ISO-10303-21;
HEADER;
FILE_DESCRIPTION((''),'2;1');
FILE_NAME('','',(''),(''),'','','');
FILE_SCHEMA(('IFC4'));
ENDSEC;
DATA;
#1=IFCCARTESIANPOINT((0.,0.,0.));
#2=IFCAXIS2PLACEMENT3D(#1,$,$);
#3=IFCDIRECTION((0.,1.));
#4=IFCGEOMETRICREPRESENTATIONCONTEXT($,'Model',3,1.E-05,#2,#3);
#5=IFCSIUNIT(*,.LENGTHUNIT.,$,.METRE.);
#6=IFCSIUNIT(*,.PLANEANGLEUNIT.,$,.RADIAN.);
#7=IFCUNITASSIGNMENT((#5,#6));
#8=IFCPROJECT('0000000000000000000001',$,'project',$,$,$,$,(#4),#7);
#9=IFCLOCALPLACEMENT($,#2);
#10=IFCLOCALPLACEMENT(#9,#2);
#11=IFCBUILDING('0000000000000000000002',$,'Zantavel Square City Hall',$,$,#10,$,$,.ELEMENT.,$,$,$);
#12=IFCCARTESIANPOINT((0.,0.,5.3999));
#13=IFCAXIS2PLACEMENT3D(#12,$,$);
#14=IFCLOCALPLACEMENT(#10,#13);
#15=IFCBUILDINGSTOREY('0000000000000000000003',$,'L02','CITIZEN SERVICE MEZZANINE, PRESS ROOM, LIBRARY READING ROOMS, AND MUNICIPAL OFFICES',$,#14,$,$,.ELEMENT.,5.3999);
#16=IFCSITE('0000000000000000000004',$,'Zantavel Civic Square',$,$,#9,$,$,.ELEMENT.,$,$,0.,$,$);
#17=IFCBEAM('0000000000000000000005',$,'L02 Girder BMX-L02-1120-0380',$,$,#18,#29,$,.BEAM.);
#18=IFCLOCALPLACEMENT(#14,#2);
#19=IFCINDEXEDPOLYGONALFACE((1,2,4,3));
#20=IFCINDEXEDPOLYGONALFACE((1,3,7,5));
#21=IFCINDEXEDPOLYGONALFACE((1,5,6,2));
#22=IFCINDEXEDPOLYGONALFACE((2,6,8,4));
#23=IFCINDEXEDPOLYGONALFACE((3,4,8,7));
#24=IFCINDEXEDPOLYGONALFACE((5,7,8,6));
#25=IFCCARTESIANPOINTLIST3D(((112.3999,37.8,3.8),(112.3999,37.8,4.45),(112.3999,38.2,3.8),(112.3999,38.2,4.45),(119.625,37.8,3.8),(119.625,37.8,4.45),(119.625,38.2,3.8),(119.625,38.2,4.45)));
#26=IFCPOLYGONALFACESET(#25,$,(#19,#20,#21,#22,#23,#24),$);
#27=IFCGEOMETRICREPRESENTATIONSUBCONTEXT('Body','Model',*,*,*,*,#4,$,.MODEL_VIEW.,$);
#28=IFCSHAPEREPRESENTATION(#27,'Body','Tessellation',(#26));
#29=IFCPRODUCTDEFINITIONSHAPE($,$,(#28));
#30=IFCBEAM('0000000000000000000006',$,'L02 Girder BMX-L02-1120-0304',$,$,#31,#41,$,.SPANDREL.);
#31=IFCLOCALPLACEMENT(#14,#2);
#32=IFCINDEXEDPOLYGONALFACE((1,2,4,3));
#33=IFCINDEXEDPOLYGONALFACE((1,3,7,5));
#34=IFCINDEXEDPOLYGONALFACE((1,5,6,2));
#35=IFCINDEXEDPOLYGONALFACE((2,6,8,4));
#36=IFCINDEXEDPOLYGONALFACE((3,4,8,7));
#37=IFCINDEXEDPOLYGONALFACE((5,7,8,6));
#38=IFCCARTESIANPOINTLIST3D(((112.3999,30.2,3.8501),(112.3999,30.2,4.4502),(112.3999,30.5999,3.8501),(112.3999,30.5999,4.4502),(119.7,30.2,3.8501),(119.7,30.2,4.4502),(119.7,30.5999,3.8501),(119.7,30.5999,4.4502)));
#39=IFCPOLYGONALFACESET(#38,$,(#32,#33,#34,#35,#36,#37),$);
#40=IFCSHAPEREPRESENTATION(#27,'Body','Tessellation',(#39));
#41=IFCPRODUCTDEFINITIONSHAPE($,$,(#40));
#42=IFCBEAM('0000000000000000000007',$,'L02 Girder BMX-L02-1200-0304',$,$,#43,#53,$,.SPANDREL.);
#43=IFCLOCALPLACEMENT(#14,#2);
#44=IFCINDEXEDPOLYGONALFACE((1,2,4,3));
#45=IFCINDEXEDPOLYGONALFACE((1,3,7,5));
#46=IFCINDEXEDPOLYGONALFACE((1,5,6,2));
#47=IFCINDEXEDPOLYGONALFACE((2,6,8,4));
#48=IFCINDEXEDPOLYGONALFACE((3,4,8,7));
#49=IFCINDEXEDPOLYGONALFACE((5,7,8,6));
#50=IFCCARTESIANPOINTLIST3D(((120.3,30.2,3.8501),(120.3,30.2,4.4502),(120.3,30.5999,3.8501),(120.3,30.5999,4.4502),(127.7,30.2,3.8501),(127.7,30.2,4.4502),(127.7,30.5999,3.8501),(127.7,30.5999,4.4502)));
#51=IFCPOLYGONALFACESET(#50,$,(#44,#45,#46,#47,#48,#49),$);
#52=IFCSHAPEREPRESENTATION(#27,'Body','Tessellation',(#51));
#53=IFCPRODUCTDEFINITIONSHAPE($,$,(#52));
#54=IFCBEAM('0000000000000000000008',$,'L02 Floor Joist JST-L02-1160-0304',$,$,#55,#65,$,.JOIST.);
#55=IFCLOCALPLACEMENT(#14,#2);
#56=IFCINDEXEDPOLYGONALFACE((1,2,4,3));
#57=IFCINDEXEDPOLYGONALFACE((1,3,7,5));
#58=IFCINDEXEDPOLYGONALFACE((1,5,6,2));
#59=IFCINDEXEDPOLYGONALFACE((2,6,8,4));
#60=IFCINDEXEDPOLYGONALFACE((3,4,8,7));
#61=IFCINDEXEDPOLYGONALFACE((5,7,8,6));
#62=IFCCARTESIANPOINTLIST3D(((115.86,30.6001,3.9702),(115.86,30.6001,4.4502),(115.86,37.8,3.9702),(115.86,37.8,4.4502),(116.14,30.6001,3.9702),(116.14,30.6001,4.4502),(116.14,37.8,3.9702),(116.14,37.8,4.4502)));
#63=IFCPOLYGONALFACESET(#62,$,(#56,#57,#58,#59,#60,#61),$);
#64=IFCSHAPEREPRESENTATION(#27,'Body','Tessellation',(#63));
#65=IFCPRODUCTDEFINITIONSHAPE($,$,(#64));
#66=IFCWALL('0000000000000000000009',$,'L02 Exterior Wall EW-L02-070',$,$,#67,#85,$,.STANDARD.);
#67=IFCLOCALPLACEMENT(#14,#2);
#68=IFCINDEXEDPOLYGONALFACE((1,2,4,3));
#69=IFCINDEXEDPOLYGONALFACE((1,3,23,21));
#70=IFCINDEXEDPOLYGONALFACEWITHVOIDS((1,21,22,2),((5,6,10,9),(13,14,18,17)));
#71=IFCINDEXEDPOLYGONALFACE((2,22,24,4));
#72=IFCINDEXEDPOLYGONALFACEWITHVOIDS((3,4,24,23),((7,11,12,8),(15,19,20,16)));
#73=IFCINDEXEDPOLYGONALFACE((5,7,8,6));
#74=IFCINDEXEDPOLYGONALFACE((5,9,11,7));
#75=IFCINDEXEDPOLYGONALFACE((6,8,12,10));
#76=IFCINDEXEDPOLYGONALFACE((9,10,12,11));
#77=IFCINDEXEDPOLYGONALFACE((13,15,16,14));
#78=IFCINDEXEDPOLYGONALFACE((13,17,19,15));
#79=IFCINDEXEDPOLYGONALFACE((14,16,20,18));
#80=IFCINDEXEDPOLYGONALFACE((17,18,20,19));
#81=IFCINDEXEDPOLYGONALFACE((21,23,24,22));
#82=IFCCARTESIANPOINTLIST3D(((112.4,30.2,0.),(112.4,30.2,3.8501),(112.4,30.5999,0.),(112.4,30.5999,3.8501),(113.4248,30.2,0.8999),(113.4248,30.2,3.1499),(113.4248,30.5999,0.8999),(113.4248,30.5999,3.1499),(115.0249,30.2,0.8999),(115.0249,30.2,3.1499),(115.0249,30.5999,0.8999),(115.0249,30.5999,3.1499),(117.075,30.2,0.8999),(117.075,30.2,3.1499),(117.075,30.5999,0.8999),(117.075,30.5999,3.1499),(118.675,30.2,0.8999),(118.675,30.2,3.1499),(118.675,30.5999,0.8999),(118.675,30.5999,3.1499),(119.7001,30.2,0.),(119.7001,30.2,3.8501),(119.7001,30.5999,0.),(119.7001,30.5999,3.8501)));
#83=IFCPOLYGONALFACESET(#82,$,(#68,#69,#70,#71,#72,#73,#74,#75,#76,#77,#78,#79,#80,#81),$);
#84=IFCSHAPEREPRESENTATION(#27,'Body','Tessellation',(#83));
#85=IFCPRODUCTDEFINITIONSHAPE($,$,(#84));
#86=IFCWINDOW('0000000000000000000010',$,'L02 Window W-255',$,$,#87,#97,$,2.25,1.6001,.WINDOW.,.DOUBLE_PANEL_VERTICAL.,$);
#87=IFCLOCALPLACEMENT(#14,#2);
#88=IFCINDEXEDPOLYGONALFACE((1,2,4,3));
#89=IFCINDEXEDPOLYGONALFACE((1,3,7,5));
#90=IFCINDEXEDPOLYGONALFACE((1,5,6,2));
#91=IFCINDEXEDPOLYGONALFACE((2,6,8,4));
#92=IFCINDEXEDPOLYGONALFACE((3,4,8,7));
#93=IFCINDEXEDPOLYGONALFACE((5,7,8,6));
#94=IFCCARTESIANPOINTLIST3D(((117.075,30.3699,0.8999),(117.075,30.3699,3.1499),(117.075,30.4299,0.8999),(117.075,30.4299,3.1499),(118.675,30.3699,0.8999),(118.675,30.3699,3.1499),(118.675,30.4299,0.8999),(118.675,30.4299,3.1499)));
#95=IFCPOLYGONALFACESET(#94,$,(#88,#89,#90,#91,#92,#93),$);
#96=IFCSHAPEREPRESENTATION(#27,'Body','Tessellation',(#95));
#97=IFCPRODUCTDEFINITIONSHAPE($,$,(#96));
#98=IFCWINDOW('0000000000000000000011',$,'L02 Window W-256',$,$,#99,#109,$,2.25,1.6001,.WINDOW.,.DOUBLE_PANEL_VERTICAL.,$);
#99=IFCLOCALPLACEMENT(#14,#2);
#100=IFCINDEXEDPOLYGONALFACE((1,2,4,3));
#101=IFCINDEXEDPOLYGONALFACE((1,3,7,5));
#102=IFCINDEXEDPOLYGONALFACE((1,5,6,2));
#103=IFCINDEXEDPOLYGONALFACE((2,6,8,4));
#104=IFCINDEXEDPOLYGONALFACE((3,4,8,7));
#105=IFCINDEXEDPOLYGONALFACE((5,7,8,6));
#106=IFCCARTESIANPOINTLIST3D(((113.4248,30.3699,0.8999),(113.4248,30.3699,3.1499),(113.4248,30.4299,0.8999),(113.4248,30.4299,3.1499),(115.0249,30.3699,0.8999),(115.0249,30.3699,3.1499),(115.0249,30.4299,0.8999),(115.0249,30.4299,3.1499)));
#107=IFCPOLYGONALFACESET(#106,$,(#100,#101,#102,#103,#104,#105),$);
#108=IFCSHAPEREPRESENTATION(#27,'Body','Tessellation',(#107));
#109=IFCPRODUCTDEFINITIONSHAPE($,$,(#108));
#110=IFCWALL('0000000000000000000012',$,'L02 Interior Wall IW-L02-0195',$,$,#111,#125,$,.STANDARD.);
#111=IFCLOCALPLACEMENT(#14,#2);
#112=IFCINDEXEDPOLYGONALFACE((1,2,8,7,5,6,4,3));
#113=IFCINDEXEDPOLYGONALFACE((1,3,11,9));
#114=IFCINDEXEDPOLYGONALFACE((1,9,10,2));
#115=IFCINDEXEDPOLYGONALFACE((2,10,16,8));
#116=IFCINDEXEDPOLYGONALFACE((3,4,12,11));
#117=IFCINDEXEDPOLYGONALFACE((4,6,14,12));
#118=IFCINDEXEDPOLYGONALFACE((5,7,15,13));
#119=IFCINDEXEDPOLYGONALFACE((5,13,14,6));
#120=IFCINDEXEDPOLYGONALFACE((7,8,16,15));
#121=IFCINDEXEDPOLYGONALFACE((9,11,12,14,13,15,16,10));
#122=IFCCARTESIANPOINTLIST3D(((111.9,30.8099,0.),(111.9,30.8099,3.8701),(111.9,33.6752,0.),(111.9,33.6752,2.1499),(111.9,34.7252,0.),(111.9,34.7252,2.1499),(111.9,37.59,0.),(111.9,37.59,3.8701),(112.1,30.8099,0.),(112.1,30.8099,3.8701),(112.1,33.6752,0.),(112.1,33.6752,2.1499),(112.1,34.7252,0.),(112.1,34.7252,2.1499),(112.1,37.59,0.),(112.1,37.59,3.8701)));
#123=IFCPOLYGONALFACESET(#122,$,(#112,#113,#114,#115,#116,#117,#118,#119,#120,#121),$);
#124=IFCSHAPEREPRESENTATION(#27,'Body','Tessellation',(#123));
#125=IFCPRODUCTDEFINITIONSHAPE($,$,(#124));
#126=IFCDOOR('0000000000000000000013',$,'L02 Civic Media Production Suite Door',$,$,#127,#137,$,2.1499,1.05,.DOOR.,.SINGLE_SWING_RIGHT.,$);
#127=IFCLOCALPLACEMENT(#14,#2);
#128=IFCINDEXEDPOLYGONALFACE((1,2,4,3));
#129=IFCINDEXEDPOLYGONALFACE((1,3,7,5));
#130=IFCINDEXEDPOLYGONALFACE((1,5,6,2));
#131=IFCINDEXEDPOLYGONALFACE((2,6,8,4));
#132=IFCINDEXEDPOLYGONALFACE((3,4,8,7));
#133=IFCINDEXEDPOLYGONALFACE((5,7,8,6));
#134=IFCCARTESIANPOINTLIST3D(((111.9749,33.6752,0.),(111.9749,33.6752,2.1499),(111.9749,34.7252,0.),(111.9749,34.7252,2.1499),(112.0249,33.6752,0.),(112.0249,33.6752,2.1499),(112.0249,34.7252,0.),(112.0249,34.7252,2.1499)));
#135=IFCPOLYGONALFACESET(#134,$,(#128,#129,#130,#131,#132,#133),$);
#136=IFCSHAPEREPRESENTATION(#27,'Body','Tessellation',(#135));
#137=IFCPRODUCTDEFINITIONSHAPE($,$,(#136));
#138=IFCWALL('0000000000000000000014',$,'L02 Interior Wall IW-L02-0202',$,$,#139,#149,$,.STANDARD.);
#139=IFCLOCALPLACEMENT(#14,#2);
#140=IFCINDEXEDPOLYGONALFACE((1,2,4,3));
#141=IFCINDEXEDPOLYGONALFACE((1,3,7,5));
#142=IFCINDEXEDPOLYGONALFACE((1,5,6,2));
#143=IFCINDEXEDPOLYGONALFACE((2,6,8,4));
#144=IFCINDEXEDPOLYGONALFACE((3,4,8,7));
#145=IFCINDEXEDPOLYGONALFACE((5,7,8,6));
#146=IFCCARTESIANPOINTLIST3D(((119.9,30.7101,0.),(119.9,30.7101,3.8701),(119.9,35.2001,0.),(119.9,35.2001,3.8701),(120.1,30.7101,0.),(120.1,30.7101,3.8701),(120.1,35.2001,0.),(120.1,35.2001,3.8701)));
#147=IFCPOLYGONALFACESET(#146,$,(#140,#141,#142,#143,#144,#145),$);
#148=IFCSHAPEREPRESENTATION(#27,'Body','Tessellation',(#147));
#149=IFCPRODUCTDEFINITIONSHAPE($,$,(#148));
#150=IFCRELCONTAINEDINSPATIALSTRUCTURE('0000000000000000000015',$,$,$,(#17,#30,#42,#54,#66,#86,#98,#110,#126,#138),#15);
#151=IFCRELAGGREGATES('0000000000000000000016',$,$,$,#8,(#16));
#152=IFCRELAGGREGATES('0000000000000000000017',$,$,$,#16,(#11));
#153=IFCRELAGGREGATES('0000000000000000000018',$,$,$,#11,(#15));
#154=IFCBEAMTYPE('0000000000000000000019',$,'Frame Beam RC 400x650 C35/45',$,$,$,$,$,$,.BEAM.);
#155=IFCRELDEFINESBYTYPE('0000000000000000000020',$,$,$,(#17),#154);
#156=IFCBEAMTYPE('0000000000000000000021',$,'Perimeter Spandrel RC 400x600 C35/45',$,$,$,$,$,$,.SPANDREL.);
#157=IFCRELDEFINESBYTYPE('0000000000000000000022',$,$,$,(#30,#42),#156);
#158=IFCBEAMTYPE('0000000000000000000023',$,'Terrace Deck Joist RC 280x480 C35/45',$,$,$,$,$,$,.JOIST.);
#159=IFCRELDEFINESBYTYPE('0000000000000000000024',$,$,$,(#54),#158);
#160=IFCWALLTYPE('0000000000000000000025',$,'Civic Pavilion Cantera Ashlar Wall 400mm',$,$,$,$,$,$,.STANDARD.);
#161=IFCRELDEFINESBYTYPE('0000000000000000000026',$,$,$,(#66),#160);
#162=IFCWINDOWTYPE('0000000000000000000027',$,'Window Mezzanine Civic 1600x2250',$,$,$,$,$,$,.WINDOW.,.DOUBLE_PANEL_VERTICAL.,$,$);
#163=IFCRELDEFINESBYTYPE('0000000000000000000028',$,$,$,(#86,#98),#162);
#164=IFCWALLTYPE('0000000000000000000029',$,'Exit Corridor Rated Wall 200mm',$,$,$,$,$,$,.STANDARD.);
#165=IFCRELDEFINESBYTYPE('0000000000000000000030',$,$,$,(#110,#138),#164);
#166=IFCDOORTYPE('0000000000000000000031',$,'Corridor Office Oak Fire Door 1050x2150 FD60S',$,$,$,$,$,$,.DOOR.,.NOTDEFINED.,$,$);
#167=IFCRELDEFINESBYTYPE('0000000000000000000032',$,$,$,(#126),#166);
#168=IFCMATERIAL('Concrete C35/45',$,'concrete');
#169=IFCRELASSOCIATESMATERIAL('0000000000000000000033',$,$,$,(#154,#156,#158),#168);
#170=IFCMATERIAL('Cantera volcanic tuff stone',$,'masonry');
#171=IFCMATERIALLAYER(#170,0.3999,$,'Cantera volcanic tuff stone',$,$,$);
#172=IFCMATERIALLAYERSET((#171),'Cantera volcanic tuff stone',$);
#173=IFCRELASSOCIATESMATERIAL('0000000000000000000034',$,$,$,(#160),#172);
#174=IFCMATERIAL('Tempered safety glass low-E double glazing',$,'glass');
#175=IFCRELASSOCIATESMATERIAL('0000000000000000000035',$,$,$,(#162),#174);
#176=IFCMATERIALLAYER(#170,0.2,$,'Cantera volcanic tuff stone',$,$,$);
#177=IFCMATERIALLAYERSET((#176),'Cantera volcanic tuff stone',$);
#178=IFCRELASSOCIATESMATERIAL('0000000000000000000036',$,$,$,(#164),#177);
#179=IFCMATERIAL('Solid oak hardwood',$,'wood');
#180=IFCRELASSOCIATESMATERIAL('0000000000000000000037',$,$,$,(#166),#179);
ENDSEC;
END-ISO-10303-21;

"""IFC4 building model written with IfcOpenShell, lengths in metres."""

from ifc_helpers import new_model, si_unit, direction, frame, frame_2d, origin, origin_2d, place, context, subcontext, project, spatial, rectangle, extrude, material, layer, layer_set, material_profile, profile_set, type_object, element, fill, save


model = new_model("IFC4")

# Units and contexts
model_context = context("Model", 3, precision=1e-05, world=origin(), true_north=direction((0.0, 1.0)))
body_context = subcontext(model_context, "Body", "Model", "MODEL_VIEW")
ifc_project = project(units=[si_unit("LENGTHUNIT", "METRE"), si_unit("PLANEANGLEUNIT", "RADIAN")], contexts=[model_context])

# Site, building, storey
site_placement = place(None, origin())
site = spatial("IfcSite", under=ifc_project, at=site_placement, Name="Zantavel Civic Square", CompositionType="ELEMENT", RefElevation=0.0)
building_placement = place(site_placement, origin())
building = spatial("IfcBuilding", under=site, at=building_placement, Name="Zantavel Square City Hall", CompositionType="ELEMENT")
storey_placement = place(building_placement, frame((0.0, 0.0, 5.3999)))
storey = spatial("IfcBuildingStorey", under=building, at=storey_placement, Name="L02", Description="CITIZEN SERVICE MEZZANINE, PRESS ROOM, LIBRARY READING ROOMS, AND MUNICIPAL OFFICES", CompositionType="ELEMENT", Elevation=5.3999)

# Shared definitions
ifc_material_1 = material(Name="Concrete C35/45", Category="concrete")

# Beams
ifc_material_profile_1 = material_profile(ifc_material_1, rectangle(XDim=0.3999, YDim=0.6499, at=origin_2d()), Name="RC 400x650")
ifc_profile_set_1 = profile_set([ifc_material_profile_1], Name="Concrete C35/45")
beam_type_1 = type_object("IfcBeamType", Name="Frame Beam RC 400x650 C35/45", PredefinedType="BEAM", material=ifc_profile_set_1)
beam_1_placement = place(storey_placement, frame((112.3999, 38.0, 4.125), z_axis=(1.0, 0.0, 0.0), x_axis=(0.0, 1.0, 0.0)))
element("IfcBeam", 1, at=beam_1_placement, inside=storey, type_object=beam_type_1, Name="L02 Girder BMX-L02-1120-0380", PredefinedType="BEAM", context=body_context, shape_type="SweptSolid", body=[
    extrude(rectangle(XDim=0.3999, YDim=0.6499, at=origin_2d()), origin(), (0.0, 0.0, 1.0), 7.2251),
])
ifc_material_profile_2 = material_profile(ifc_material_1, rectangle(XDim=0.3999, YDim=0.6001, at=origin_2d()), Name="RC 400x600")
ifc_profile_set_2 = profile_set([ifc_material_profile_2], Name="Concrete C35/45")
beam_type_2 = type_object("IfcBeamType", Name="Perimeter Spandrel RC 400x600 C35/45", PredefinedType="SPANDREL", material=ifc_profile_set_2)
beam_2_placement = place(storey_placement, frame((112.3999, 30.3999, 4.1501), z_axis=(1.0, 0.0, 0.0), x_axis=(0.0, 1.0, 0.0)))
element("IfcBeam", 2, at=beam_2_placement, inside=storey, type_object=beam_type_2, Name="L02 Girder BMX-L02-1120-0304", PredefinedType="SPANDREL", context=body_context, shape_type="SweptSolid", body=[
    extrude(rectangle(XDim=0.3999, YDim=0.6001, at=origin_2d()), origin(), (0.0, 0.0, 1.0), 7.3),
])
beam_3_placement = place(storey_placement, frame((120.3, 30.3999, 4.1501), z_axis=(1.0, 0.0, 0.0), x_axis=(0.0, 1.0, 0.0)))
element("IfcBeam", 3, at=beam_3_placement, inside=storey, type_object=beam_type_2, Name="L02 Girder BMX-L02-1200-0304", PredefinedType="SPANDREL", context=body_context, shape_type="SweptSolid", body=[
    extrude(rectangle(XDim=0.3999, YDim=0.6001, at=origin_2d()), origin(), (0.0, 0.0, 1.0), 7.3999),
])
ifc_material_profile_3 = material_profile(ifc_material_1, rectangle(XDim=0.28, YDim=0.48, at=origin_2d()), Name="RC 280x480")
ifc_profile_set_3 = profile_set([ifc_material_profile_3], Name="Concrete C35/45")
beam_type_3 = type_object("IfcBeamType", Name="Terrace Deck Joist RC 280x480 C35/45", PredefinedType="JOIST", material=ifc_profile_set_3)
beam_4_placement = place(storey_placement, frame((116.0, 30.6001, 4.2102), z_axis=(0.0, 1.0, 0.0), x_axis=(-1.0, 0.0, 0.0)))
element("IfcBeam", 4, at=beam_4_placement, inside=storey, type_object=beam_type_3, Name="L02 Floor Joist JST-L02-1160-0304", PredefinedType="JOIST", context=body_context, shape_type="SweptSolid", body=[
    extrude(rectangle(XDim=0.28, YDim=0.48, at=origin_2d()), origin(), (0.0, 0.0, 1.0), 7.2),
])

# Wall, openings, windows
ifc_material_2 = material(Name="Cantera volcanic tuff stone", Category="masonry")
ifc_layer_1 = layer(ifc_material_2, 0.3999, Name="Cantera volcanic tuff stone")
ifc_layer_set_1 = layer_set([ifc_layer_1], Name="Cantera volcanic tuff stone")
wall_type_1 = type_object("IfcWallType", Name="Civic Pavilion Cantera Ashlar Wall 400mm", PredefinedType="STANDARD", material=ifc_layer_set_1)
wall_1_placement = place(storey_placement, frame((119.7, 30.3999, 0.0), z_axis=(0.0, 0.0, 1.0), x_axis=(-1.0, 0.0, 0.0)))
wall_1 = element("IfcWall", 5, at=wall_1_placement, inside=storey, type_object=wall_type_1, Name="L02 Exterior Wall EW-L02-070", PredefinedType="STANDARD", context=body_context, shape_type="SweptSolid", body=[
    extrude(rectangle(XDim=7.3, YDim=0.3999, at=frame_2d((3.6499, 0.0))), origin(), (0.0, 0.0, 1.0), 3.8501),
])
opening_1_placement = place(wall_1_placement, frame((1.0249, 0.0, 0.8999)))
opening_1 = element("IfcOpeningElement", 6, at=opening_1_placement, cuts=wall_1, PredefinedType="OPENING", context=body_context, shape_type="SweptSolid", body=[
    extrude(rectangle(XDim=1.6001, YDim=2.25, at=frame_2d((0.8, 1.125))), frame((0.0, 0.21, 0.0), z_axis=(0.0, -1.0, 0.0), x_axis=(1.0, 0.0, 0.0)), (0.0, 0.0, 1.0), 0.4199),
])
opening_2_placement = place(wall_1_placement, frame((4.675, 0.0, 0.8999)))
opening_2 = element("IfcOpeningElement", 7, at=opening_2_placement, cuts=wall_1, PredefinedType="OPENING", context=body_context, shape_type="SweptSolid", body=[
    extrude(rectangle(XDim=1.6001, YDim=2.25, at=frame_2d((0.8, 1.125))), frame((0.0, 0.21, 0.0), z_axis=(0.0, -1.0, 0.0), x_axis=(1.0, 0.0, 0.0)), (0.0, 0.0, 1.0), 0.4199),
])
ifc_material_3 = material(Name="Tempered safety glass low-E double glazing", Category="glass")
window_type = type_object("IfcWindowType", Name="Window Mezzanine Civic 1600x2250", PartitioningType="DOUBLE_PANEL_VERTICAL", PredefinedType="WINDOW", material=ifc_material_3)
window_1_placement = place(opening_1_placement, origin())
window_1 = element("IfcWindow", 8, at=window_1_placement, inside=storey, type_object=window_type, Name="L02 Window W-255", OverallHeight=2.25, OverallWidth=1.6001, PartitioningType="DOUBLE_PANEL_VERTICAL", PredefinedType="WINDOW", context=body_context, shape_type="SweptSolid", body=[
    extrude(rectangle(XDim=1.6001, YDim=2.25, at=frame_2d((0.8, 1.125))), frame((0.0, 0.03, 0.0), z_axis=(0.0, -1.0, 0.0), x_axis=(1.0, 0.0, 0.0)), (0.0, 0.0, 1.0), 0.0601),
])
fill(opening_1, window_1)
window_2_placement = place(opening_2_placement, origin())
window_2 = element("IfcWindow", 9, at=window_2_placement, inside=storey, type_object=window_type, Name="L02 Window W-256", OverallHeight=2.25, OverallWidth=1.6001, PartitioningType="DOUBLE_PANEL_VERTICAL", PredefinedType="WINDOW", context=body_context, shape_type="SweptSolid", body=[
    extrude(rectangle(XDim=1.6001, YDim=2.25, at=frame_2d((0.8, 1.125))), frame((0.0, 0.03, 0.0), z_axis=(0.0, -1.0, 0.0), x_axis=(1.0, 0.0, 0.0)), (0.0, 0.0, 1.0), 0.0601),
])
fill(opening_2, window_2)

# Wall, opening, door
ifc_layer_2 = layer(ifc_material_2, 0.2, Name="Cantera volcanic tuff stone")
ifc_layer_set_2 = layer_set([ifc_layer_2], Name="Cantera volcanic tuff stone")
wall_type_2 = type_object("IfcWallType", Name="Exit Corridor Rated Wall 200mm", PredefinedType="STANDARD", material=ifc_layer_set_2)
wall_2_placement = place(storey_placement, frame((112.0, 37.5901, 0.0), z_axis=(0.0, 0.0, 1.0), x_axis=(0.0, -1.0, 0.0)))
wall_2 = element("IfcWall", 10, at=wall_2_placement, inside=storey, type_object=wall_type_2, Name="L02 Interior Wall IW-L02-0195", PredefinedType="STANDARD", context=body_context, shape_type="SweptSolid", body=[
    extrude(rectangle(XDim=6.78, YDim=0.2, at=frame_2d((3.3901, 0.0))), origin(), (0.0, 0.0, 1.0), 3.8701),
])
opening_3_placement = place(wall_2_placement, frame((2.865, 0.0, 0.0)))
opening_3 = element("IfcOpeningElement", 11, at=opening_3_placement, cuts=wall_2, PredefinedType="OPENING", context=body_context, shape_type="SweptSolid", body=[
    extrude(rectangle(XDim=1.05, YDim=2.1499, at=frame_2d((0.5249, 1.075))), frame((0.0, 0.1099, 0.0), z_axis=(0.0, -1.0, 0.0), x_axis=(1.0, 0.0, 0.0)), (0.0, 0.0, 1.0), 0.22),
])
ifc_material_4 = material(Name="Solid oak hardwood", Category="wood")
door_type_1 = type_object("IfcDoorType", Name="Corridor Office Oak Fire Door 1050x2150 FD60S", OperationType="NOTDEFINED", PredefinedType="DOOR", material=ifc_material_4)
door_1_placement = place(opening_3_placement, origin())
door_1 = element("IfcDoor", 12, at=door_1_placement, inside=storey, type_object=door_type_1, Name="L02 Civic Media Production Suite Door", OperationType="SINGLE_SWING_RIGHT", OverallHeight=2.1499, OverallWidth=1.05, PredefinedType="DOOR", context=body_context, shape_type="SweptSolid", body=[
    extrude(rectangle(XDim=1.05, YDim=2.1499, at=frame_2d((0.5249, 1.075))), frame((0.0, 0.0249, 0.0), z_axis=(0.0, -1.0, 0.0), x_axis=(1.0, 0.0, 0.0)), (0.0, 0.0, 1.0), 0.05),
])
fill(opening_3, door_1)

# Wall
wall_3_placement = place(storey_placement, frame((120.0, 30.71, 0.0), z_axis=(0.0, 0.0, 1.0), x_axis=(0.0, 1.0, 0.0)))
element("IfcWall", 13, at=wall_3_placement, inside=storey, type_object=wall_type_2, Name="L02 Interior Wall IW-L02-0202", PredefinedType="STANDARD", context=body_context, shape_type="SweptSolid", body=[
    extrude(rectangle(XDim=4.49, YDim=0.2, at=frame_2d((2.2451, 0.0))), origin(), (0.0, 0.0, 1.0), 3.8701),
])

save(model, "model.ifc")
